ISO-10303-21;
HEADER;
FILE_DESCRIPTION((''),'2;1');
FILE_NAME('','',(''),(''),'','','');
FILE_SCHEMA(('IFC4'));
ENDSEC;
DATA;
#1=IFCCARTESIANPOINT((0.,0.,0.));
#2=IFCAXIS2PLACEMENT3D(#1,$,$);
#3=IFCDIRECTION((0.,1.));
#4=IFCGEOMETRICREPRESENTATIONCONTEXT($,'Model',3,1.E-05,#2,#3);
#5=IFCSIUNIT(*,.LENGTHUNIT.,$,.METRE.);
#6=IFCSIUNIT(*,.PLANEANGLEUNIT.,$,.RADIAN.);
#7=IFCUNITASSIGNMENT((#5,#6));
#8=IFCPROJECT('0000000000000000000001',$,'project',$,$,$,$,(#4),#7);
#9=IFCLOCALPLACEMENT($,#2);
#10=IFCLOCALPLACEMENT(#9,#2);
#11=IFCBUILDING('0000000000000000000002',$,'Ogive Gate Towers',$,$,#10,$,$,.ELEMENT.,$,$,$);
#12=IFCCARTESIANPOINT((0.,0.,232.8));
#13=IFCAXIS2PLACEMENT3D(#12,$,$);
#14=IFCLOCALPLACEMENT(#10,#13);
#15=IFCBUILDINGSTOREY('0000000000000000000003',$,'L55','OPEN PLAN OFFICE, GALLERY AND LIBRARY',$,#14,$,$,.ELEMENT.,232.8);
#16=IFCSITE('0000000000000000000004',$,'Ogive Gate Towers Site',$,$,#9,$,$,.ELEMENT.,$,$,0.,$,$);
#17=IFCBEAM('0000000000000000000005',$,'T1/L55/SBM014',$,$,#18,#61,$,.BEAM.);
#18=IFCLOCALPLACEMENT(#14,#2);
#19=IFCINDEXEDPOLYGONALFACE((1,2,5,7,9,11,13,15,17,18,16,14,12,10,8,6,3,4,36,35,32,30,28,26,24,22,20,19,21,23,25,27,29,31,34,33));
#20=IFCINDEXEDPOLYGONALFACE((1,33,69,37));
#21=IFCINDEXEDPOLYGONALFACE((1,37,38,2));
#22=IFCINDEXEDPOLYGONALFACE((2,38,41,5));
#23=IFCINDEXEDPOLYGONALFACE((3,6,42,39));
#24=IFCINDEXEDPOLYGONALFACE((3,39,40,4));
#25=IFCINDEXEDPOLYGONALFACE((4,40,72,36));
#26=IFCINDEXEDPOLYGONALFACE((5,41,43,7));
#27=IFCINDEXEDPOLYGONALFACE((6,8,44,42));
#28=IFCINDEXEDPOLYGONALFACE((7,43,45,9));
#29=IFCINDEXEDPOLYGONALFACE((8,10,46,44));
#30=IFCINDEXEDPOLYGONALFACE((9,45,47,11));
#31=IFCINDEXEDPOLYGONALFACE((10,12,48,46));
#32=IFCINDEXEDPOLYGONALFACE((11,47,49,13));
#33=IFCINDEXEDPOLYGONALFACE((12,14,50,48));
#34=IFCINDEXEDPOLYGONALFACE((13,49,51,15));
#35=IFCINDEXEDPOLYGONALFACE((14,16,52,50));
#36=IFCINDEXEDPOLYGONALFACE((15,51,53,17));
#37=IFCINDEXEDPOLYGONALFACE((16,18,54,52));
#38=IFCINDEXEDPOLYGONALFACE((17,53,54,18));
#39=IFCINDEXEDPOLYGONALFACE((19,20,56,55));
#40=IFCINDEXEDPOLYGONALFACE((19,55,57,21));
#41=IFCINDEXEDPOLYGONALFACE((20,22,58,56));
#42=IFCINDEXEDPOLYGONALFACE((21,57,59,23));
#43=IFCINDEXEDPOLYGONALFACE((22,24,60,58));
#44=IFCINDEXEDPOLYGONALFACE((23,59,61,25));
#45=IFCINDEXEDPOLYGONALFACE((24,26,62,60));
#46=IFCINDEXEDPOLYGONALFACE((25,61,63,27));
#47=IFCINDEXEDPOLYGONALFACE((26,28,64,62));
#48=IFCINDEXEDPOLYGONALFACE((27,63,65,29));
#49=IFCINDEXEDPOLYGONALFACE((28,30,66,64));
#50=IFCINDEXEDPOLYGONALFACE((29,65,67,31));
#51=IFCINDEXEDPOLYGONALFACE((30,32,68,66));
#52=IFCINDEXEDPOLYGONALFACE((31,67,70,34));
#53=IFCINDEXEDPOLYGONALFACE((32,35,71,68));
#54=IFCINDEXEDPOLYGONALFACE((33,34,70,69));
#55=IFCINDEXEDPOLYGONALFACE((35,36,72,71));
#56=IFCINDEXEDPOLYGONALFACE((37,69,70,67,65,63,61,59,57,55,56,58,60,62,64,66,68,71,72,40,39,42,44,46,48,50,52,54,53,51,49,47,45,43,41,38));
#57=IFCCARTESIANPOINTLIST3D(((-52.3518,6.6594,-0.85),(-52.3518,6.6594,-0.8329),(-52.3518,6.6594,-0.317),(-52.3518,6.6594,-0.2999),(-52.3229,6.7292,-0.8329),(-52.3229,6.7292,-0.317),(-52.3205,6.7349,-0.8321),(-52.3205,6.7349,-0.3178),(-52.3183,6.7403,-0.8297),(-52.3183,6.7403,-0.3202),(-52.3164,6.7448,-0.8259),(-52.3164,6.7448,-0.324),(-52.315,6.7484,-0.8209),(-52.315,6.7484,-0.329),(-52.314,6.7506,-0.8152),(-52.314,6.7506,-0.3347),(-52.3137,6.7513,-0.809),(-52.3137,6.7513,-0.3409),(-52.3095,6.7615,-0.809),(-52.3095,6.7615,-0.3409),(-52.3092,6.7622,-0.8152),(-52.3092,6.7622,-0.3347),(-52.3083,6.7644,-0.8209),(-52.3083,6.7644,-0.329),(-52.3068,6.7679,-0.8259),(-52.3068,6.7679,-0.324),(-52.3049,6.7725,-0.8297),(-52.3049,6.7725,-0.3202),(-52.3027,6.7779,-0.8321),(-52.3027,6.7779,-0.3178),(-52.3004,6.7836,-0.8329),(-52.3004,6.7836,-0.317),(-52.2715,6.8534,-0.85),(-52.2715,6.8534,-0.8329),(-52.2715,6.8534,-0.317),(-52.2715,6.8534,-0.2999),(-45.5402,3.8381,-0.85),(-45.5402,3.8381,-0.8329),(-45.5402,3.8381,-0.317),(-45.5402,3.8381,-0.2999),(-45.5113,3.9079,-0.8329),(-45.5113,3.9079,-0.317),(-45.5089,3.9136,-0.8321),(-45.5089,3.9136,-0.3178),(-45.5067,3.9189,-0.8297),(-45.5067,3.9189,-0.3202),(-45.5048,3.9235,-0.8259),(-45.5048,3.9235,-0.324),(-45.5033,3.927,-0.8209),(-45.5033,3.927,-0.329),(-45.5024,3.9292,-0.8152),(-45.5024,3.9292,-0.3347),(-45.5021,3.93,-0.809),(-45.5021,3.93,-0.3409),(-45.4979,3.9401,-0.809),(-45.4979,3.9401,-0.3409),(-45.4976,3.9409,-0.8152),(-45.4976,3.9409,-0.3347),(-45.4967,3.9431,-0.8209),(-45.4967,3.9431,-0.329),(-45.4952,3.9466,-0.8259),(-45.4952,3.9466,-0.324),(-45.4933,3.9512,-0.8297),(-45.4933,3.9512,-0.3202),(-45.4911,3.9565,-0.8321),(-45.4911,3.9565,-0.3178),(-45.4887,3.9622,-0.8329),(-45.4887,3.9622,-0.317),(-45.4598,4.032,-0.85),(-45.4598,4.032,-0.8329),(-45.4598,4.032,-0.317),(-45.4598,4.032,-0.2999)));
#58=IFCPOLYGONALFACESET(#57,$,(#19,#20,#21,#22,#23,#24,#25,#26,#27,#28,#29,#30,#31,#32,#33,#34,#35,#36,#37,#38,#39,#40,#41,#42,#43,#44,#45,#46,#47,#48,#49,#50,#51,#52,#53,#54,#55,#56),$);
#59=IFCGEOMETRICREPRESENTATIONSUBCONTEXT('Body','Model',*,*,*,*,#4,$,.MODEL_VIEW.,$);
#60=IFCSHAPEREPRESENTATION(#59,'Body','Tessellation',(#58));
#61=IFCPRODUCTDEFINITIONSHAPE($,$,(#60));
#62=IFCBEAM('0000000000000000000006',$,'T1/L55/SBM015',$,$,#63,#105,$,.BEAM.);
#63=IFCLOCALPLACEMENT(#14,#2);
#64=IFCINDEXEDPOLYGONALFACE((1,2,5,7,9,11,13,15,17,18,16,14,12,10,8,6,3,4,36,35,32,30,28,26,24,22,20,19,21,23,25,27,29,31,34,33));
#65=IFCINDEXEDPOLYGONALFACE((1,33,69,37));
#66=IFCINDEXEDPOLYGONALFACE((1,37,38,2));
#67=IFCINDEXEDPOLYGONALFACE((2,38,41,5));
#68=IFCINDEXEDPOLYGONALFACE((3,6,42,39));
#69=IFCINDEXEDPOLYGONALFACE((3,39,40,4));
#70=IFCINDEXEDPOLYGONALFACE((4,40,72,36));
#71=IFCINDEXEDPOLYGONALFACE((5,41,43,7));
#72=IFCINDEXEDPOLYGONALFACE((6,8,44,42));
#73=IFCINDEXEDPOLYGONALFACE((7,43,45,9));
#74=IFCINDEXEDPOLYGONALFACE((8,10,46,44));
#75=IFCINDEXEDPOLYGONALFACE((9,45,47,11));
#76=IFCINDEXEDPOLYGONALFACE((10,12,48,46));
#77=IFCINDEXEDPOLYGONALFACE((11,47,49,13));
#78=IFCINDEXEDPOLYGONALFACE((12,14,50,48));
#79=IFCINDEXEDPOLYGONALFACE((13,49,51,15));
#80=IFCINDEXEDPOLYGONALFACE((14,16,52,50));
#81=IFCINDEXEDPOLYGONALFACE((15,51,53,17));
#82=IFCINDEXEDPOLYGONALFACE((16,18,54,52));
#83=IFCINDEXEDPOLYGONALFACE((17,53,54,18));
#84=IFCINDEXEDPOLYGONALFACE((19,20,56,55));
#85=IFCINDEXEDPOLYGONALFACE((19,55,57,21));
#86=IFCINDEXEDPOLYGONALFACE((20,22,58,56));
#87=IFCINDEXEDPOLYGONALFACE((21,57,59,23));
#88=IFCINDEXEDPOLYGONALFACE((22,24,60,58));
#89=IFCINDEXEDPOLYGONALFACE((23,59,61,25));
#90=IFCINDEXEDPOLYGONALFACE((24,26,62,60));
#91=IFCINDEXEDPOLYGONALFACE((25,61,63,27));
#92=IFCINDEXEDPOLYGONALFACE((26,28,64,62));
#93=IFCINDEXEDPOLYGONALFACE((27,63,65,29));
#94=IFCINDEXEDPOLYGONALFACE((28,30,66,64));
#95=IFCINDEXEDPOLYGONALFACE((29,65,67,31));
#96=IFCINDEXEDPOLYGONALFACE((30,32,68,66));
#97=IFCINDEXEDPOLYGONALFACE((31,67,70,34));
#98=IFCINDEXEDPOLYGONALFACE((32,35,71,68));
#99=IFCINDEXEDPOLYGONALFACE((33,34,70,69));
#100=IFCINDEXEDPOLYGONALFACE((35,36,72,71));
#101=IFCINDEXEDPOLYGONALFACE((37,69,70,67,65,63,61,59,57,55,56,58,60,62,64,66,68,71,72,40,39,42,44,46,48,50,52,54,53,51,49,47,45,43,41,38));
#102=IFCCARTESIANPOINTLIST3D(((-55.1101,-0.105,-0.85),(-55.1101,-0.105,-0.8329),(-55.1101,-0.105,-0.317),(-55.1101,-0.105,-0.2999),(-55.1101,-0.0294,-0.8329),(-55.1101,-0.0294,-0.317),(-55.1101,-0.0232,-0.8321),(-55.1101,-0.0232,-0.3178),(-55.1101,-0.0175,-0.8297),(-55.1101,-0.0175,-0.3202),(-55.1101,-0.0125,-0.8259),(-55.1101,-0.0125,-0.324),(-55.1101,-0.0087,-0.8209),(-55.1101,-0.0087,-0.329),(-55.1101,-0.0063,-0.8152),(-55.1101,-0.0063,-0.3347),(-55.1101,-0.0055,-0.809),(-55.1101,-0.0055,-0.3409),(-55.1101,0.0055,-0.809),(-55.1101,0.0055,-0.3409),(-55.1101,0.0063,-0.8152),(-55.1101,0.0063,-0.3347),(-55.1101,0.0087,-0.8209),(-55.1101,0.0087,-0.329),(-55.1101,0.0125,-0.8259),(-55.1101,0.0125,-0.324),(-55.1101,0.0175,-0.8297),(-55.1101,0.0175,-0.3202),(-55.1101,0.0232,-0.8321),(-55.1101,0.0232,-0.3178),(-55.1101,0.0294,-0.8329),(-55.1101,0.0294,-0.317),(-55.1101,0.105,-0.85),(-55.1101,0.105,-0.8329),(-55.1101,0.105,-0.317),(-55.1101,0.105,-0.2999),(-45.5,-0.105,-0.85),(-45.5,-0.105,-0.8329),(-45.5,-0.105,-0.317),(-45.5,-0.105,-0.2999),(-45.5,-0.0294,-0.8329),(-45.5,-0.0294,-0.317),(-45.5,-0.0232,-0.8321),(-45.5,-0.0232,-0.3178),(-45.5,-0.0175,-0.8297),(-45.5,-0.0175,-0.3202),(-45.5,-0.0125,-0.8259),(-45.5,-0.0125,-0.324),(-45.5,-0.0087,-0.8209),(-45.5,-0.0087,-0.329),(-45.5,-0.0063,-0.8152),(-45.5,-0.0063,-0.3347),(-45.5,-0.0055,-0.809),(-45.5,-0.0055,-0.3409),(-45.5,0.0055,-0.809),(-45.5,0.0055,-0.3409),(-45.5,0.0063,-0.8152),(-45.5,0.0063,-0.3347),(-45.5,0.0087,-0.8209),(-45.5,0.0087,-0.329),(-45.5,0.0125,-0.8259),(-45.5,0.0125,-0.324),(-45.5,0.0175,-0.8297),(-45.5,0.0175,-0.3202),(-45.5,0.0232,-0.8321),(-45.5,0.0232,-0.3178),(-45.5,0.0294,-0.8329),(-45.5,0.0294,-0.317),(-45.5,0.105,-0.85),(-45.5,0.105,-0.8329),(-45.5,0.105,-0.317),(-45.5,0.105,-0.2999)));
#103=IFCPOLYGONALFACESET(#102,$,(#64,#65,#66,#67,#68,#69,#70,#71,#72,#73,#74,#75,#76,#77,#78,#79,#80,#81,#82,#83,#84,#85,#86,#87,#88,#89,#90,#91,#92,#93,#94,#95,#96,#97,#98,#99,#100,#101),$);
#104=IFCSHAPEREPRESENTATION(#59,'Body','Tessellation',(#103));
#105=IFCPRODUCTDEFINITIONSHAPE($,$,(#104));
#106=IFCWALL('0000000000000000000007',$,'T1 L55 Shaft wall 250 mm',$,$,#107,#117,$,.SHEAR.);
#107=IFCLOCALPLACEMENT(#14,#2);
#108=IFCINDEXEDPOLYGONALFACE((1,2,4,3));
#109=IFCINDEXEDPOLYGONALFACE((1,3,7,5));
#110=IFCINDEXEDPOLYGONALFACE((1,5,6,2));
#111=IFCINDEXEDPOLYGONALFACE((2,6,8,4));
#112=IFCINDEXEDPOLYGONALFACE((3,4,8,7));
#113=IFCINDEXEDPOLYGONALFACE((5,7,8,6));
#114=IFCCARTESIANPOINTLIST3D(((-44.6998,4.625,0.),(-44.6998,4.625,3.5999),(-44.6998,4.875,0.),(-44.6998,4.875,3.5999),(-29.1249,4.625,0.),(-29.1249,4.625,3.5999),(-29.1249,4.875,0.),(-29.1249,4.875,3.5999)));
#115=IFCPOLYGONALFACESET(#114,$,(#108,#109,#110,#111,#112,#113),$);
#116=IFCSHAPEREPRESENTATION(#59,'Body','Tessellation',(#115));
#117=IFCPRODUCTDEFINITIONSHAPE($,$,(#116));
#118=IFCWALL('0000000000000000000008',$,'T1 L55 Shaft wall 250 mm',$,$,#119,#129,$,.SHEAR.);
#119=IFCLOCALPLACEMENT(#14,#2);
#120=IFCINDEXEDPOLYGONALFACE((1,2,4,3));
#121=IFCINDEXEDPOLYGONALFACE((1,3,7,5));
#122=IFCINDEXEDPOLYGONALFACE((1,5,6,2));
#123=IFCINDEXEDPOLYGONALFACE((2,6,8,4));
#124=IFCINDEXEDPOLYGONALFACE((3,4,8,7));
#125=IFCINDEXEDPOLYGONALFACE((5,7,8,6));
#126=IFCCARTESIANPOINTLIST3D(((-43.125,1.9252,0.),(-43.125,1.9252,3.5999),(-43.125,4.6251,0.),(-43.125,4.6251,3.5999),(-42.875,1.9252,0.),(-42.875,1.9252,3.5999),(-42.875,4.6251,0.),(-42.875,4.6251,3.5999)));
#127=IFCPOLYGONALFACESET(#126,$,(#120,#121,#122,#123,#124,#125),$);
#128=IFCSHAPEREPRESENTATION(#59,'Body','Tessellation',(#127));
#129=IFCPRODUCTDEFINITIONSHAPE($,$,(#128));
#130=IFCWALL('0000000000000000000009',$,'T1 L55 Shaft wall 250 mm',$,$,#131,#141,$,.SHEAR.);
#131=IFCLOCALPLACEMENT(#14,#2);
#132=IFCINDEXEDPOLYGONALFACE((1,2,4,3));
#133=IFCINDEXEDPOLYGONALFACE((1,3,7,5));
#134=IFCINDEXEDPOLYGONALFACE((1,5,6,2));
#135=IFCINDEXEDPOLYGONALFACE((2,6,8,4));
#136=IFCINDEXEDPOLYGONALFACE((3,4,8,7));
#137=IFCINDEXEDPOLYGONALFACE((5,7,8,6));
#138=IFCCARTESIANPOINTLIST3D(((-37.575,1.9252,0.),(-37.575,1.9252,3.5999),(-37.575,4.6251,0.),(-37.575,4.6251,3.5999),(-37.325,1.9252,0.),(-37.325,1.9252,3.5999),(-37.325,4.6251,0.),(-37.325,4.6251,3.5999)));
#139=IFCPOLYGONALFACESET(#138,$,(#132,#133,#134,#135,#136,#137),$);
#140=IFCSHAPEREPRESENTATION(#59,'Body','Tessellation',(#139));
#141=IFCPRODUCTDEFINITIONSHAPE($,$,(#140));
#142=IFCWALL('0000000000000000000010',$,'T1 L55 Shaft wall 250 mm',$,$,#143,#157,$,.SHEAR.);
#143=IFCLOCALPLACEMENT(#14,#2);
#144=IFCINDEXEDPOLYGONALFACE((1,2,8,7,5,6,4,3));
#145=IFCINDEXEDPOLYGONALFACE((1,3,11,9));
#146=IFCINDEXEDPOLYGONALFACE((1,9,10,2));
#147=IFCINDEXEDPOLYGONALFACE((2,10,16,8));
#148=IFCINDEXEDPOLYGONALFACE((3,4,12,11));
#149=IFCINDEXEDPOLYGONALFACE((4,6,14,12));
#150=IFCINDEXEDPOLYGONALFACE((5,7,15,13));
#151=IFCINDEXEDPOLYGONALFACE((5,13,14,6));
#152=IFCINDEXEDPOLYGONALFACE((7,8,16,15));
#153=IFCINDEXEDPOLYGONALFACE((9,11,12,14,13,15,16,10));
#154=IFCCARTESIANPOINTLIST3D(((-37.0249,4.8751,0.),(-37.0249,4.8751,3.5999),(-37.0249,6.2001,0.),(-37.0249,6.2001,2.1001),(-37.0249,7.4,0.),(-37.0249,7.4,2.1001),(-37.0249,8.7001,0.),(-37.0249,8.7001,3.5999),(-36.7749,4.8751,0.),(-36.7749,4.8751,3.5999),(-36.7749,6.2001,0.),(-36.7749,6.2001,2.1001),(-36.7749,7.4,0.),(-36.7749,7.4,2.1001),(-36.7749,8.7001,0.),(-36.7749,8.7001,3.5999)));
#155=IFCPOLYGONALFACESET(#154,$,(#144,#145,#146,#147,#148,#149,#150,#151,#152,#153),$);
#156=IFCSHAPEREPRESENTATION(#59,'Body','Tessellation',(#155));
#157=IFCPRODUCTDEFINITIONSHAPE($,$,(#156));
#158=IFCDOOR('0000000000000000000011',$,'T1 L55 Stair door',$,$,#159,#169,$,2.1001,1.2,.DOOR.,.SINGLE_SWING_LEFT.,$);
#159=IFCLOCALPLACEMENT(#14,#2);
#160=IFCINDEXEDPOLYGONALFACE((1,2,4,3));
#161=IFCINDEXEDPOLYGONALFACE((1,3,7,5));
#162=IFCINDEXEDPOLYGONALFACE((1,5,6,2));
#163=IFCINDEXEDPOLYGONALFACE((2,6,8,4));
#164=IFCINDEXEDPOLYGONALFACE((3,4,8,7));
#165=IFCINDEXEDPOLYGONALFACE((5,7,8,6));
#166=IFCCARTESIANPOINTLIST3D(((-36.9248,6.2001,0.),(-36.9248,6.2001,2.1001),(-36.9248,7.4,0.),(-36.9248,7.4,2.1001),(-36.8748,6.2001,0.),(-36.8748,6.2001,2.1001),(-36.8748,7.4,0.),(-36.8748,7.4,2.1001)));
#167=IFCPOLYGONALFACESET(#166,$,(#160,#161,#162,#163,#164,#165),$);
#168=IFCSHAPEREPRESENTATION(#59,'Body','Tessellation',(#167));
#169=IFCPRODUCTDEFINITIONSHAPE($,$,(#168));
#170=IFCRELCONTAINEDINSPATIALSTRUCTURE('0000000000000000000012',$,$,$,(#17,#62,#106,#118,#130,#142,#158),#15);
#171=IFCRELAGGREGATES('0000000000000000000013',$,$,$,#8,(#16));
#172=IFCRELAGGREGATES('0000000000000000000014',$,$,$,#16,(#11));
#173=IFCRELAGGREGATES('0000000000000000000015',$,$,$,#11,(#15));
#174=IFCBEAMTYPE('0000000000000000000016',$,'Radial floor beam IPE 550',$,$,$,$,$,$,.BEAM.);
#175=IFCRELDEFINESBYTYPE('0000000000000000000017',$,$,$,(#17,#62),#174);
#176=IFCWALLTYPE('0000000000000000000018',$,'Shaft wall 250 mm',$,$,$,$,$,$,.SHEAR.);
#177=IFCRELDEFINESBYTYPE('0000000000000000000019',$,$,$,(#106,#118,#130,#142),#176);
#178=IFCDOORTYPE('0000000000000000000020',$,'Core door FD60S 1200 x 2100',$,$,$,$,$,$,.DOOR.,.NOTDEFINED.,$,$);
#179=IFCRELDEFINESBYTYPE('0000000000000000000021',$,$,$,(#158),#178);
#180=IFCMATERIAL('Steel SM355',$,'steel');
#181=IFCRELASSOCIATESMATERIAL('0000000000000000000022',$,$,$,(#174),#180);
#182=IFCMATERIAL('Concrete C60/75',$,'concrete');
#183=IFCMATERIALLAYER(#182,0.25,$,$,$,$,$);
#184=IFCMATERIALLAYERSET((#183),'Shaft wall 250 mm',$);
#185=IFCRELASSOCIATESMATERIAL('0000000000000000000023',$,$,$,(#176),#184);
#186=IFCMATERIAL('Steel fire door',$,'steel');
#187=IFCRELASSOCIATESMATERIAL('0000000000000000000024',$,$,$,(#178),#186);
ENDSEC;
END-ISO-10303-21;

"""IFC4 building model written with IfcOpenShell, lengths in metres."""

from ifc_helpers import new_model, si_unit, direction, frame, frame_2d, origin, origin_2d, place, context, subcontext, project, spatial, rectangle, i_section, extrude, material, layer, layer_set, material_profile, profile_set, type_object, element, fill, save


model = new_model("IFC4")

# Units and contexts
model_context = context("Model", 3, precision=1e-05, world=origin(), true_north=direction((0.0, 1.0)))
body_context = subcontext(model_context, "Body", "Model", "MODEL_VIEW")
ifc_project = project(units=[si_unit("LENGTHUNIT", "METRE"), si_unit("PLANEANGLEUNIT", "RADIAN")], contexts=[model_context])

# Site, building, storey
site_placement = place(None, origin())
site = spatial("IfcSite", under=ifc_project, at=site_placement, Name="Ogive Gate Towers Site", CompositionType="ELEMENT", RefElevation=0.0)
building_placement = place(site_placement, origin())
building = spatial("IfcBuilding", under=site, at=building_placement, Name="Ogive Gate Towers", CompositionType="ELEMENT")
storey_placement = place(building_placement, frame((0.0, 0.0, 232.8)))
storey = spatial("IfcBuildingStorey", under=building, at=storey_placement, Name="L55", Description="OPEN PLAN OFFICE, GALLERY AND LIBRARY", CompositionType="ELEMENT", Elevation=232.8)

# Beams
ifc_material_1 = material(Name="Steel SM355", Category="steel")
ifc_material_profile = material_profile(ifc_material_1, i_section(OverallWidth=0.21, OverallDepth=0.55, WebThickness=0.011, FlangeThickness=0.0171, FilletRadius=0.0239, at=origin_2d()), Name="IPE 550")
ifc_profile_set = profile_set([ifc_material_profile], Name="Steel SM355")
beam_type = type_object("IfcBeamType", Name="Radial floor beam IPE 550", PredefinedType="BEAM", material=ifc_profile_set)
beam_1_placement = place(storey_placement, frame((-45.5, 3.9351, -0.575), z_axis=(-0.923886, 0.382668, 0.0), x_axis=(-0.382668, -0.923886, 0.0)))
element("IfcBeam", 1, at=beam_1_placement, inside=storey, type_object=beam_type, Name="T1/L55/SBM014", PredefinedType="BEAM", context=body_context, shape_type="SweptSolid", body=[
    extrude(i_section(OverallWidth=0.21, OverallDepth=0.55, WebThickness=0.011, FlangeThickness=0.0171, FilletRadius=0.0239, at=origin_2d()), origin(), (0.0, 0.0, 1.0), 7.3728),
])
beam_2_placement = place(storey_placement, frame((-45.5, 0.0, -0.575), z_axis=(-1.0, 0.0, 0.0), x_axis=(0.0, -1.0, 0.0)))
element("IfcBeam", 2, at=beam_2_placement, inside=storey, type_object=beam_type, Name="T1/L55/SBM015", PredefinedType="BEAM", context=body_context, shape_type="SweptSolid", body=[
    extrude(i_section(OverallWidth=0.21, OverallDepth=0.55, WebThickness=0.011, FlangeThickness=0.0171, FilletRadius=0.0239, at=origin_2d()), origin(), (0.0, 0.0, 1.0), 9.6101),
])

# Walls
ifc_material_2 = material(Name="Concrete C60/75", Category="concrete")
ifc_layer_1 = layer(ifc_material_2, 0.25)
ifc_layer_set_1 = layer_set([ifc_layer_1], Name="Shaft wall 250 mm")
wall_type_1 = type_object("IfcWallType", Name="Shaft wall 250 mm", PredefinedType="SHEAR", material=ifc_layer_set_1)
wall_1_placement = place(storey_placement, frame((-44.7, 4.75, 0.0), z_axis=(0.0, 0.0, 1.0), x_axis=(1.0, 0.0, 0.0)))
element("IfcWall", 3, at=wall_1_placement, inside=storey, type_object=wall_type_1, Name="T1 L55 Shaft wall 250 mm", PredefinedType="SHEAR", context=body_context, shape_type="SweptSolid", body=[
    extrude(rectangle(XDim=15.575, YDim=0.25, at=frame_2d((7.7876, 0.0))), origin(), (0.0, 0.0, 1.0), 3.5999),
])
for number, where, z_axis, x_axis, name in (
    (4, (-43.0, 1.925, 0.0), (0.0, 0.0, 1.0), (0.0, 1.0, 0.0), "T1 L55 Shaft wall 250 mm"),
    (5, (-37.45, 1.925, 0.0), (0.0, 0.0, 1.0), (0.0, 1.0, 0.0), "T1 L55 Shaft wall 250 mm"),
):
    element("IfcWall", number, at=place(storey_placement, frame(where, z_axis=z_axis, x_axis=x_axis)), inside=storey, type_object=wall_type_1, Name=name, PredefinedType="SHEAR", context=body_context, shape_type="SweptSolid", body=[
        extrude(rectangle(XDim=2.7, YDim=0.25, at=frame_2d((1.3501, 0.0))), origin(), (0.0, 0.0, 1.0), 3.5999),
    ])

# Wall, opening, door
wall_2_placement = place(storey_placement, frame((-36.8999, 4.875, 0.0), z_axis=(0.0, 0.0, 1.0), x_axis=(0.0, 1.0, 0.0)))
wall_2 = element("IfcWall", 6, at=wall_2_placement, inside=storey, type_object=wall_type_1, Name="T1 L55 Shaft wall 250 mm", PredefinedType="SHEAR", context=body_context, shape_type="SweptSolid", body=[
    extrude(rectangle(XDim=3.825, YDim=0.25, at=frame_2d((1.9126, 0.0))), origin(), (0.0, 0.0, 1.0), 3.5999),
])
opening_1_placement = place(wall_2_placement, frame((1.325, 0.0, 0.0)))
opening_1 = element("IfcOpeningElement", 7, at=opening_1_placement, cuts=wall_2, PredefinedType="OPENING", context=body_context, shape_type="SweptSolid", body=[
    extrude(rectangle(XDim=1.2, YDim=2.1001, at=frame_2d((0.6001, 1.05))), frame((0.0, 0.135, 0.0), z_axis=(0.0, -1.0, 0.0), x_axis=(1.0, 0.0, 0.0)), (0.0, 0.0, 1.0), 0.27),
])
ifc_material_3 = material(Name="Steel fire door", Category="steel")
door_type_1 = type_object("IfcDoorType", Name="Core door FD60S 1200 x 2100", OperationType="NOTDEFINED", PredefinedType="DOOR", material=ifc_material_3)
door_1_placement = place(opening_1_placement, origin())
door_1 = element("IfcDoor", 8, at=door_1_placement, inside=storey, type_object=door_type_1, Name="T1 L55 Stair door", OperationType="SINGLE_SWING_LEFT", OverallHeight=2.1001, OverallWidth=1.2, PredefinedType="DOOR", context=body_context, shape_type="SweptSolid", body=[
    extrude(rectangle(XDim=1.2, YDim=2.1001, at=frame_2d((0.6001, 1.05))), frame((0.0, 0.0249, 0.0), z_axis=(0.0, -1.0, 0.0), x_axis=(1.0, 0.0, 0.0)), (0.0, 0.0, 1.0), 0.05),
])
fill(opening_1, door_1)

save(model, "model.ifc")
